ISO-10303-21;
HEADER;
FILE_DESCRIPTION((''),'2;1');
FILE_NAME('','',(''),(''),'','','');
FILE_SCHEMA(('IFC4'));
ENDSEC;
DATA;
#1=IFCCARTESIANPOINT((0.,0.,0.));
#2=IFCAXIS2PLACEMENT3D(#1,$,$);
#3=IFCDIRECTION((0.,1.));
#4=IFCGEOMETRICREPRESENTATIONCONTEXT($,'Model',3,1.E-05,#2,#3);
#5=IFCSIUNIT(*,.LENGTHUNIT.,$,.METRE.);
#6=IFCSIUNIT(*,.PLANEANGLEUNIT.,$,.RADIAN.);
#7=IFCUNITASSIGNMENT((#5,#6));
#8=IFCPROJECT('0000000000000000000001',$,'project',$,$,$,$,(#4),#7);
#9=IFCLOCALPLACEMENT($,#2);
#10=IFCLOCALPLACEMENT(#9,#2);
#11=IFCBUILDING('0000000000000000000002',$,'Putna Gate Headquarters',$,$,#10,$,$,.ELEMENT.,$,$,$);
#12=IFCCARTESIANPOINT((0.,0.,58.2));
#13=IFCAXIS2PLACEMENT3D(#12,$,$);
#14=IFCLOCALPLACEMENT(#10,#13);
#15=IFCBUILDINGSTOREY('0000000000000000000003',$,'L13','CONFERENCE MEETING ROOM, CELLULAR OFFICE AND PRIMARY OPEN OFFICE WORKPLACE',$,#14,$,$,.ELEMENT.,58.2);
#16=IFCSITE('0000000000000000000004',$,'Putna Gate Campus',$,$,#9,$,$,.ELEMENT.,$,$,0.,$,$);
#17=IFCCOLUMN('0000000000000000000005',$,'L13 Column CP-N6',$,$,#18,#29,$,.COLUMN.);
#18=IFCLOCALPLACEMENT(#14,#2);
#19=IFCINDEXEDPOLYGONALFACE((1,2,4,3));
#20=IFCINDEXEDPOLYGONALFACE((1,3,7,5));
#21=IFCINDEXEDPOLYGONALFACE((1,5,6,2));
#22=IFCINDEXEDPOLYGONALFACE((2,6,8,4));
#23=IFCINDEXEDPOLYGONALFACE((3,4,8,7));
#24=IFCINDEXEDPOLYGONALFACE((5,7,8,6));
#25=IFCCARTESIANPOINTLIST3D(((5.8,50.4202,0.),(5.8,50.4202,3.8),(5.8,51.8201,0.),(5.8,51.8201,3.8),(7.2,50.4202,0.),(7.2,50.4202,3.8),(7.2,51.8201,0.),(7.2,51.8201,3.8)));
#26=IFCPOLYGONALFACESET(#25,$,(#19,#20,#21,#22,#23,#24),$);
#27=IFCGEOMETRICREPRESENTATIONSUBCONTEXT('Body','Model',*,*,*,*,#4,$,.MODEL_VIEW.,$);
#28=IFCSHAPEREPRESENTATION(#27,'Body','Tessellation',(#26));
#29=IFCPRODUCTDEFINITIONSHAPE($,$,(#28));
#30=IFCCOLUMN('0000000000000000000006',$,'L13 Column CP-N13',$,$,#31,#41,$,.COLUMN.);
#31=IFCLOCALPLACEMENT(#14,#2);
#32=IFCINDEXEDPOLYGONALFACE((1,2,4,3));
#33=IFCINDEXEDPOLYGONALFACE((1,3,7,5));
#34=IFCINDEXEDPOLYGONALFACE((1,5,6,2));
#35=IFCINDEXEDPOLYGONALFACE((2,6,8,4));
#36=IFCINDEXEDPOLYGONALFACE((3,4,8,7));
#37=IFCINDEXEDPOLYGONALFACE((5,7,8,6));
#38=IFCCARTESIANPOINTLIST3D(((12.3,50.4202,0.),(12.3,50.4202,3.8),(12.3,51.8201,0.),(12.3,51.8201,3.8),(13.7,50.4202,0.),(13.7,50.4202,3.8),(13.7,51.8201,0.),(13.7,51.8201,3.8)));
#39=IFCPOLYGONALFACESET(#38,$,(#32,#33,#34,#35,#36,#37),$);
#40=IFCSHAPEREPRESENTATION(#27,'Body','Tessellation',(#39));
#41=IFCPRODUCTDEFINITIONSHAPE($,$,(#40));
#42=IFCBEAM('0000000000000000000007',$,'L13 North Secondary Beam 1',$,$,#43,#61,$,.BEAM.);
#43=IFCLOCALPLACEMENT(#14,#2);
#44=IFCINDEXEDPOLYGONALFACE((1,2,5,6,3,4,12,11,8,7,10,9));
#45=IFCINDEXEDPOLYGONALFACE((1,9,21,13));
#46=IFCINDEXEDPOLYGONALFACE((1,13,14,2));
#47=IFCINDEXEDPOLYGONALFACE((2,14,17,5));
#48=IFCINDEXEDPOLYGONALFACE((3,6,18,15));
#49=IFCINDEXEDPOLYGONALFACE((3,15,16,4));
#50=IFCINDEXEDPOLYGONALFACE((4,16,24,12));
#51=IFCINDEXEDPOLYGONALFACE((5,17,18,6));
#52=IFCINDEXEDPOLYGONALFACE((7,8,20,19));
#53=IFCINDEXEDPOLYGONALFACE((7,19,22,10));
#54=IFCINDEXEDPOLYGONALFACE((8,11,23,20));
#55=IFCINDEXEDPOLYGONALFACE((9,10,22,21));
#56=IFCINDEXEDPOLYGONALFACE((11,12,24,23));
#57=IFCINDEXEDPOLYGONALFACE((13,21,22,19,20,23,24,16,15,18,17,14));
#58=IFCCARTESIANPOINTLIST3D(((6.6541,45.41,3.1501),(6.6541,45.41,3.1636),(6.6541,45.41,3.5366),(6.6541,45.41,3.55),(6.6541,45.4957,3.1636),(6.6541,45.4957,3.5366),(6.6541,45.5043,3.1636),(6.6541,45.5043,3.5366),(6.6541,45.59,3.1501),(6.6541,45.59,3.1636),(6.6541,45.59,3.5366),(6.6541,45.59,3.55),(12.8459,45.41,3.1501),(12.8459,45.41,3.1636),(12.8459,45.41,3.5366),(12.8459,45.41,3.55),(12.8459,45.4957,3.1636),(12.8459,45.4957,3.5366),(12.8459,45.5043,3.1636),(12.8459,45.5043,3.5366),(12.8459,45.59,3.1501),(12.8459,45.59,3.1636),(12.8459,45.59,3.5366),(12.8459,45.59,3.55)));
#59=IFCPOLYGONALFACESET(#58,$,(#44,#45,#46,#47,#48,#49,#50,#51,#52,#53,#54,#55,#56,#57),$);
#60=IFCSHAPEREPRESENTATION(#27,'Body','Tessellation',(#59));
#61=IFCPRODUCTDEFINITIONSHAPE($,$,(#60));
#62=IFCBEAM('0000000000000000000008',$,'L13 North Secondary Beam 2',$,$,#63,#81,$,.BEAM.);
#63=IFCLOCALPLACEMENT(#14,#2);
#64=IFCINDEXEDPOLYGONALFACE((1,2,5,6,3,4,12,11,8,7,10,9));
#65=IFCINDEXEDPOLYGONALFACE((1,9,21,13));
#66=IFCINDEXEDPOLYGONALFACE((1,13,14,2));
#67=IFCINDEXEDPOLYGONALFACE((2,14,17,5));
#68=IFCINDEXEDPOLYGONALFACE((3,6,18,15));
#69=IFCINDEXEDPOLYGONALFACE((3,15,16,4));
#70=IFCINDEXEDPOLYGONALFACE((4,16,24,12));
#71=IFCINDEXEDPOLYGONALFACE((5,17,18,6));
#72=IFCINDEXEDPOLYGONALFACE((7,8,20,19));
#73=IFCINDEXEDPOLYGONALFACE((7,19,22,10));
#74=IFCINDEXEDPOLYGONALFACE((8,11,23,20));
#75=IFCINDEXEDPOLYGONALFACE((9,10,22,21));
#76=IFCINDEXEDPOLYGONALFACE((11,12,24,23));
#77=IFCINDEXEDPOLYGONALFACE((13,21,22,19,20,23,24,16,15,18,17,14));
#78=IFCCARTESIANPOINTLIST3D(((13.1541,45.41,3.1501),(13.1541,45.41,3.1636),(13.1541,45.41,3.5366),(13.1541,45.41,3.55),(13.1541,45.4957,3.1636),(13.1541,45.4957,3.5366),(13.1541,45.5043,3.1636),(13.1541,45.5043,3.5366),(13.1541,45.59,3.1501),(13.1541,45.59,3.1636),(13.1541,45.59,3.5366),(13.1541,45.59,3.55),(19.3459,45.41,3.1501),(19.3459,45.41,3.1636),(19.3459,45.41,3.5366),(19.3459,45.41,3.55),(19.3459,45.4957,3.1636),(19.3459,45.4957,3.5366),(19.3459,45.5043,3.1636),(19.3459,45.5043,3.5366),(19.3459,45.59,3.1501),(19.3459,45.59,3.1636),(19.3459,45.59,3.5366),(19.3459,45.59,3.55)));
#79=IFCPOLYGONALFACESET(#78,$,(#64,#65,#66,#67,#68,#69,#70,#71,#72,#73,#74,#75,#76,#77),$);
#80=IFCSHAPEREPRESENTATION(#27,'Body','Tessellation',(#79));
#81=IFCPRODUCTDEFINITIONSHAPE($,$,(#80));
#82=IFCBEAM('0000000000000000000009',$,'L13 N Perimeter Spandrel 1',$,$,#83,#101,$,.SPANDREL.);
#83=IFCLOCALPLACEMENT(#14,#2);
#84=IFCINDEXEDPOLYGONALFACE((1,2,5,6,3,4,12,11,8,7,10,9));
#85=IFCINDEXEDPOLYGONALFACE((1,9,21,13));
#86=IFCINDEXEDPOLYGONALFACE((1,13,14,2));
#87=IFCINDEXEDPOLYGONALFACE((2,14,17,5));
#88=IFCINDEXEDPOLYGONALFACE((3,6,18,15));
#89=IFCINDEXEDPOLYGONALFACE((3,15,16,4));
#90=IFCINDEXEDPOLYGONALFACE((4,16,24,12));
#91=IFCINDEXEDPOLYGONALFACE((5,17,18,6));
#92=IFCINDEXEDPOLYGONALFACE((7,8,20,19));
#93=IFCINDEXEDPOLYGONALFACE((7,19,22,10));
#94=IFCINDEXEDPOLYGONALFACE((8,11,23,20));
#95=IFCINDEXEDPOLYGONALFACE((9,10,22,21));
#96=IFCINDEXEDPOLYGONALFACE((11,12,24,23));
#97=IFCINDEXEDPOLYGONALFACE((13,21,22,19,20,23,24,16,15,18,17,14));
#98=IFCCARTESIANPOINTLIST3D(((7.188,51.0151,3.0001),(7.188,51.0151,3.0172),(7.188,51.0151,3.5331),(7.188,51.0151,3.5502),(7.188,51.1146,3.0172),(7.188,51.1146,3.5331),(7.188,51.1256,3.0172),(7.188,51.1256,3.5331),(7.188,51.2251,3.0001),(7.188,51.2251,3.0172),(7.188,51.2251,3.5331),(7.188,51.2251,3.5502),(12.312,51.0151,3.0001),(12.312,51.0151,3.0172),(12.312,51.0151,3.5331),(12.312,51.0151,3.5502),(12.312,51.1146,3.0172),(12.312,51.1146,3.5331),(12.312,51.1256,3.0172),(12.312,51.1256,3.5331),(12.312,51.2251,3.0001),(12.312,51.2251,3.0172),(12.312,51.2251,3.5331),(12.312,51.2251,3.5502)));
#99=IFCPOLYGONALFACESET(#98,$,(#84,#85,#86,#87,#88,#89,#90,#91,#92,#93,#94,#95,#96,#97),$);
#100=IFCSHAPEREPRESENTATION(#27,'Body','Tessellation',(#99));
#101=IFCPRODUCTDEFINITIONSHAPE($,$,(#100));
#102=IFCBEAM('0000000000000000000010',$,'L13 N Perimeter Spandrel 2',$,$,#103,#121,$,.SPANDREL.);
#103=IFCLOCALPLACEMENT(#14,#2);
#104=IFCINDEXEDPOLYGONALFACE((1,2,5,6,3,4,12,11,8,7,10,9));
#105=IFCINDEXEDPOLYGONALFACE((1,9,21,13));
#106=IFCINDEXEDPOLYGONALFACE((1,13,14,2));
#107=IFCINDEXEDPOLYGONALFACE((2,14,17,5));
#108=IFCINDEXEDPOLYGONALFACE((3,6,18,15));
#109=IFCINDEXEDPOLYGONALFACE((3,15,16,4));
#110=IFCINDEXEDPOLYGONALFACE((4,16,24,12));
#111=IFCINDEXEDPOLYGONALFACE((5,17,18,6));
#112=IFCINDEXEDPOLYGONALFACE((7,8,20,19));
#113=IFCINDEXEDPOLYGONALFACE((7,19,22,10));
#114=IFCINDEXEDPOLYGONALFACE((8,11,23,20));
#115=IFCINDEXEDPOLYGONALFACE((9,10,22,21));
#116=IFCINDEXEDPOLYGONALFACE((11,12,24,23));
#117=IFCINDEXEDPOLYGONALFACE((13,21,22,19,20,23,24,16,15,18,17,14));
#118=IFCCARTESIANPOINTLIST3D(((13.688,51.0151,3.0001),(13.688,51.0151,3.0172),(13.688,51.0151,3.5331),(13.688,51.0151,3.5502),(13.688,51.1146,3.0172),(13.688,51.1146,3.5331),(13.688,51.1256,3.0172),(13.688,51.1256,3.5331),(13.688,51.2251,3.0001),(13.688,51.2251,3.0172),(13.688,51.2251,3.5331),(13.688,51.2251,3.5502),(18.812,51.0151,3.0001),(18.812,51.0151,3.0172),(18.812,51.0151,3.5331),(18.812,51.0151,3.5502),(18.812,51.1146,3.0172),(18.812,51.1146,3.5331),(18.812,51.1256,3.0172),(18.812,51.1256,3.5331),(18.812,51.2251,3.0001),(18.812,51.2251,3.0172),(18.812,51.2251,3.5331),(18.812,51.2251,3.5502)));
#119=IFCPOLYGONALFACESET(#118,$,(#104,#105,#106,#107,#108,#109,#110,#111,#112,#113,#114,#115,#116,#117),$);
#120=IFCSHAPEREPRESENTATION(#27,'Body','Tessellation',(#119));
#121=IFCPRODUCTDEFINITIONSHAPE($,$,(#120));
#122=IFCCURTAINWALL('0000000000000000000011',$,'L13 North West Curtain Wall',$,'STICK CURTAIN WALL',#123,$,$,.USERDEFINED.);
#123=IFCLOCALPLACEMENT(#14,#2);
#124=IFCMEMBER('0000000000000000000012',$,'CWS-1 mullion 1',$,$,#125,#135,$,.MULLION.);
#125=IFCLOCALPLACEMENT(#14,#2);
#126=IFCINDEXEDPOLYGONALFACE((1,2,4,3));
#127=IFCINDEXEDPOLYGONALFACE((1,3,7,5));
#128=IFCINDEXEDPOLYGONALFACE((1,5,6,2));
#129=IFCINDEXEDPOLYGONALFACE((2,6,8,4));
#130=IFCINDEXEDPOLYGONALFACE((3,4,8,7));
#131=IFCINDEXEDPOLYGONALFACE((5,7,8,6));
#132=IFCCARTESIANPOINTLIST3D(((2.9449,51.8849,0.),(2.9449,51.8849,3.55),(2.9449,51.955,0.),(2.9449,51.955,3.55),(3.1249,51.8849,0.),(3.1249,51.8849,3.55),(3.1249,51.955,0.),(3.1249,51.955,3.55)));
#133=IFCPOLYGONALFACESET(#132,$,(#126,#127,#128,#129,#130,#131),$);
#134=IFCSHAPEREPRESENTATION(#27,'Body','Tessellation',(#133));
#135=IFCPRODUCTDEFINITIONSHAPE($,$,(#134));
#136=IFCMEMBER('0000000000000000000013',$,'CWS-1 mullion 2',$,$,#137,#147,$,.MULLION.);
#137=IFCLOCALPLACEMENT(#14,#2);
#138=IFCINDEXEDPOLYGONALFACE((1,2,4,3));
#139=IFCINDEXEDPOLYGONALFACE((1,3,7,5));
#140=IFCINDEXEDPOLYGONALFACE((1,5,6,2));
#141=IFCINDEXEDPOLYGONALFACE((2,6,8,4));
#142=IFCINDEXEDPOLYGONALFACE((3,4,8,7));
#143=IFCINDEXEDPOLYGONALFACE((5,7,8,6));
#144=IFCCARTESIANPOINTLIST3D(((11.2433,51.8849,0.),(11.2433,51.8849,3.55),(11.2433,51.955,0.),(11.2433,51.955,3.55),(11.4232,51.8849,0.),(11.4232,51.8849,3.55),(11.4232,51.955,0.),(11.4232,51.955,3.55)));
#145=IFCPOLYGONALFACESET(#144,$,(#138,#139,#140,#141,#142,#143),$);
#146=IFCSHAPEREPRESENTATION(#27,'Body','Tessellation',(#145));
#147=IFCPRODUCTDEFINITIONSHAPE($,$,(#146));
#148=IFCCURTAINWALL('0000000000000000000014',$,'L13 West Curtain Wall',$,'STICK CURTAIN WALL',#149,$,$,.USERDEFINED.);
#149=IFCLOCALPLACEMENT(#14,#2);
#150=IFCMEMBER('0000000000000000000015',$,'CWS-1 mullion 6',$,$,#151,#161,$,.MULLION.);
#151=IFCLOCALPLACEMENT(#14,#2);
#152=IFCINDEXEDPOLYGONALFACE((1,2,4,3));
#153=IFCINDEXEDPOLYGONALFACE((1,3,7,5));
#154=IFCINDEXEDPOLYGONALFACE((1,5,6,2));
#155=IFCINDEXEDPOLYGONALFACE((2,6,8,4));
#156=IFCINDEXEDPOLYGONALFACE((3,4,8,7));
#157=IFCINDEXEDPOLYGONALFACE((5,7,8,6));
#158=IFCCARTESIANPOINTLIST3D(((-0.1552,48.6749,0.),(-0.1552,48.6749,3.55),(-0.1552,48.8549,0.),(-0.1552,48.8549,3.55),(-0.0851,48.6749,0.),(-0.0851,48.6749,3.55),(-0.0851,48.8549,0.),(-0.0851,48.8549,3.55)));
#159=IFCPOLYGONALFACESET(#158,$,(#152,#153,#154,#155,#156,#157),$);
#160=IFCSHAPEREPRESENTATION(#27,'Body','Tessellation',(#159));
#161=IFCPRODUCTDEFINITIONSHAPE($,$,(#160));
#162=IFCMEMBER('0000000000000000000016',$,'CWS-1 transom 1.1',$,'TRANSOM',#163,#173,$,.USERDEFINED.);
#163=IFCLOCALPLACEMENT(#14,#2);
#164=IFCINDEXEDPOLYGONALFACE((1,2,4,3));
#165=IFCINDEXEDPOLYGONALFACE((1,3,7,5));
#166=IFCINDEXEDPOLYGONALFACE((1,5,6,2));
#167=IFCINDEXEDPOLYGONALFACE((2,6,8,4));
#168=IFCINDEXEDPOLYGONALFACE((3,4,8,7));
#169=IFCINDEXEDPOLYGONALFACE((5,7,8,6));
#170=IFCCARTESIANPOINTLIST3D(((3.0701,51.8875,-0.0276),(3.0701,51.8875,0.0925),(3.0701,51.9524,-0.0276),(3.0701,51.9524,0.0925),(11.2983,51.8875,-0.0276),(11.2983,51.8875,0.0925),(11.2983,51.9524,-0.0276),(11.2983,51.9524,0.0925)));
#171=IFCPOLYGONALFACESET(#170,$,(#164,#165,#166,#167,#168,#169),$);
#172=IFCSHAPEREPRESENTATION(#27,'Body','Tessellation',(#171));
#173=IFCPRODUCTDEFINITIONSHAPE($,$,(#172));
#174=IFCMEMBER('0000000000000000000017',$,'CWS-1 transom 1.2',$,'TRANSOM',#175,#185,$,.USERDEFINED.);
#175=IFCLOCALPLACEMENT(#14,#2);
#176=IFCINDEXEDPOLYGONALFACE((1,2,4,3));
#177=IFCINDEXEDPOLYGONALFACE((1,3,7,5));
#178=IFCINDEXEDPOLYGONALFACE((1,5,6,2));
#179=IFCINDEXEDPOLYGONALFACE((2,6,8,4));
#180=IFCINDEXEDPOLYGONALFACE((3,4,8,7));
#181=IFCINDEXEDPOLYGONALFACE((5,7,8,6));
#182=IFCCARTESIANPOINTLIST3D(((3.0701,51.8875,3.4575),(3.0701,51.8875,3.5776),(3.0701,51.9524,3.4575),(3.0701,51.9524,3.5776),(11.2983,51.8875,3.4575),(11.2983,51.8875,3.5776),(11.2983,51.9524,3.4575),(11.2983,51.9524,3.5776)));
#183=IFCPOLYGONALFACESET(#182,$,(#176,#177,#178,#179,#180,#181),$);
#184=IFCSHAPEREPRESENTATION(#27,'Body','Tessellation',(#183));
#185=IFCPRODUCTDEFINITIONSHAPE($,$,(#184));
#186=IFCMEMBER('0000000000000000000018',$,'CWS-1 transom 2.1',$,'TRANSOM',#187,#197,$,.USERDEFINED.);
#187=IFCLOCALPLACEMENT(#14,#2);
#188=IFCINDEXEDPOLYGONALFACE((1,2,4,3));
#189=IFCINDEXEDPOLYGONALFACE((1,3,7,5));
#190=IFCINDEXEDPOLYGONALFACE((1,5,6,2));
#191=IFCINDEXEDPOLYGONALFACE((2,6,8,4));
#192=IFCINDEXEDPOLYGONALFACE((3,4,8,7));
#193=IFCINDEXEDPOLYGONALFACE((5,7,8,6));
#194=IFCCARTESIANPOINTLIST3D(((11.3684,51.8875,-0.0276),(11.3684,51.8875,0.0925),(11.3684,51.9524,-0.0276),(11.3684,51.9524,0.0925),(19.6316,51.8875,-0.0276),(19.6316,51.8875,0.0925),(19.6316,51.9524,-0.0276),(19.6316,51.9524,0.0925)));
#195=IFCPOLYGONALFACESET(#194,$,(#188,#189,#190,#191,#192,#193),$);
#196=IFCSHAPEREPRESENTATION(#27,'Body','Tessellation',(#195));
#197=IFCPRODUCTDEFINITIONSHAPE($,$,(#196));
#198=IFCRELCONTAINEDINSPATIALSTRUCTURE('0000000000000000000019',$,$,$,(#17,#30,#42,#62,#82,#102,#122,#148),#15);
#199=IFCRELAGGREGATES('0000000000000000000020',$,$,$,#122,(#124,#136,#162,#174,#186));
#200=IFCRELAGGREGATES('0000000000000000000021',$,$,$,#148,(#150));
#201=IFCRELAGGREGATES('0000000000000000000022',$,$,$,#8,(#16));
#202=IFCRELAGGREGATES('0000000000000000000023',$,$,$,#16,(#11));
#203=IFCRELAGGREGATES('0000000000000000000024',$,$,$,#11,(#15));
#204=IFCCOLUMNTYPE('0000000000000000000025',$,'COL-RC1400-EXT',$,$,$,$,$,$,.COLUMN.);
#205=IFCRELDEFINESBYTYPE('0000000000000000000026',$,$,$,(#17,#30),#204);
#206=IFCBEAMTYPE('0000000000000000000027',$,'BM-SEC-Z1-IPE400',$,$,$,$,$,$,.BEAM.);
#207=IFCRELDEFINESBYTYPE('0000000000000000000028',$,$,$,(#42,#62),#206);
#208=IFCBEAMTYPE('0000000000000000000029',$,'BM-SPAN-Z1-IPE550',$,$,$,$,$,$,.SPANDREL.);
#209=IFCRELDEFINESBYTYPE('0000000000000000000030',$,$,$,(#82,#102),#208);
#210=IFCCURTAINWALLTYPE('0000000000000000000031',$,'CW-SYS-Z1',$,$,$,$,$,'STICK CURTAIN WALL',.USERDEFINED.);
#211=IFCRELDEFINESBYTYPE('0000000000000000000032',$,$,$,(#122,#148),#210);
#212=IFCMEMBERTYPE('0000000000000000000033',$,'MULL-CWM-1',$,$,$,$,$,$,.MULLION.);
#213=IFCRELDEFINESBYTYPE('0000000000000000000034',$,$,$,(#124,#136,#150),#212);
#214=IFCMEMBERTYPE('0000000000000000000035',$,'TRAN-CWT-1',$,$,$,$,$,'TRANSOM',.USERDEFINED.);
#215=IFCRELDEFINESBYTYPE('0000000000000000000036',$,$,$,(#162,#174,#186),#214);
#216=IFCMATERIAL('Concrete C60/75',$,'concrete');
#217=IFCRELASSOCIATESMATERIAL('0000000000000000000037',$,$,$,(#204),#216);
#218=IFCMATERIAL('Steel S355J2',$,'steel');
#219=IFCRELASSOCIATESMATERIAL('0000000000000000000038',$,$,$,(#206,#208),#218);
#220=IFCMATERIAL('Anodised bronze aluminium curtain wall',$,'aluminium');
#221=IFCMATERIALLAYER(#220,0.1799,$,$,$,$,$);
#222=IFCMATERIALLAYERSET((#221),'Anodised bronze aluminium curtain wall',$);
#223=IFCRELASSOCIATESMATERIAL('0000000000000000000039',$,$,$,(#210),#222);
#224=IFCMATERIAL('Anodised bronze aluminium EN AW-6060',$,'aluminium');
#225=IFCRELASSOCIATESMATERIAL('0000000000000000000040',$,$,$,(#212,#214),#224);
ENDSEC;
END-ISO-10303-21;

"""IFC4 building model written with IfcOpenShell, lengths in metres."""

from ifc_helpers import new_model, si_unit, direction, frame, origin, origin_2d, place, context, subcontext, project, spatial, rectangle, i_section, extrude, material, layer, layer_set, material_profile, profile_set, type_object, element, aggregate, save


model = new_model("IFC4")

# Units and contexts
model_context = context("Model", 3, precision=1e-05, world=origin(), true_north=direction((0.0, 1.0)))
body_context = subcontext(model_context, "Body", "Model", "MODEL_VIEW")
ifc_project = project(units=[si_unit("LENGTHUNIT", "METRE"), si_unit("PLANEANGLEUNIT", "RADIAN")], contexts=[model_context])

# Site, building, storey
site_placement = place(None, origin())
site = spatial("IfcSite", under=ifc_project, at=site_placement, Name="Putna Gate Campus", CompositionType="ELEMENT", RefElevation=0.0)
building_placement = place(site_placement, origin())
building = spatial("IfcBuilding", under=site, at=building_placement, Name="Putna Gate Headquarters", CompositionType="ELEMENT")
storey_placement = place(building_placement, frame((0.0, 0.0, 58.2)))
storey = spatial("IfcBuildingStorey", under=building, at=storey_placement, Name="L13", Description="CONFERENCE MEETING ROOM, CELLULAR OFFICE AND PRIMARY OPEN OFFICE WORKPLACE", CompositionType="ELEMENT", Elevation=58.2)

# Columns
ifc_material_1 = material(Name="Concrete C60/75", Category="concrete")
ifc_material_profile_1 = material_profile(ifc_material_1, rectangle(XDim=1.3999, YDim=1.3999, at=origin_2d()), Name="Concrete C60/75")
ifc_profile_set_1 = profile_set([ifc_material_profile_1], Name="Concrete C60/75")
column_type = type_object("IfcColumnType", Name="COL-RC1400-EXT", PredefinedType="COLUMN", material=ifc_profile_set_1)
for number, where, z_axis, x_axis, name in (
    (1, (6.5, 51.1201, 0.0), (0.0, 0.0, 1.0), (1.0, 0.0, 0.0), "L13 Column CP-N6"),
    (2, (13.0, 51.1201, 0.0), (0.0, 0.0, 1.0), (1.0, 0.0, 0.0), "L13 Column CP-N13"),
):
    element("IfcColumn", number, at=place(storey_placement, frame(where, z_axis=z_axis, x_axis=x_axis)), inside=storey, type_object=column_type, Name=name, PredefinedType="COLUMN", context=body_context, shape_type="SweptSolid", body=[
        extrude(rectangle(XDim=1.3999, YDim=1.3999, at=origin_2d()), origin(), (0.0, 0.0, 1.0), 3.8),
    ])

# Beams
ifc_material_2 = material(Name="Steel S355J2", Category="steel")
ifc_material_profile_2 = material_profile(ifc_material_2, i_section(OverallWidth=0.1799, OverallDepth=0.3999, WebThickness=0.0085, FlangeThickness=0.0134, at=origin_2d()), Name="Steel S355J2")
ifc_profile_set_2 = profile_set([ifc_material_profile_2], Name="Steel S355J2")
beam_type_1 = type_object("IfcBeamType", Name="BM-SEC-Z1-IPE400", PredefinedType="BEAM", material=ifc_profile_set_2)
for number, where, z_axis, x_axis, name in (
    (3, (6.6541, 45.5, 3.3501), (1.0, 0.0, 0.0), (0.0, 1.0, 0.0), "L13 North Secondary Beam 1"),
    (4, (13.1541, 45.5, 3.3501), (1.0, 0.0, 0.0), (0.0, 1.0, 0.0), "L13 North Secondary Beam 2"),
):
    element("IfcBeam", number, at=place(storey_placement, frame(where, z_axis=z_axis, x_axis=x_axis)), inside=storey, type_object=beam_type_1, Name=name, PredefinedType="BEAM", context=body_context, shape_type="SweptSolid", body=[
        extrude(i_section(OverallWidth=0.1799, OverallDepth=0.3999, WebThickness=0.0085, FlangeThickness=0.0134, at=origin_2d()), origin(), (0.0, 0.0, 1.0), 6.1919),
    ])
ifc_material_profile_3 = material_profile(ifc_material_2, i_section(OverallWidth=0.21, OverallDepth=0.55, WebThickness=0.011, FlangeThickness=0.0171, at=origin_2d()), Name="Steel S355J2")
ifc_profile_set_3 = profile_set([ifc_material_profile_3], Name="Steel S355J2")
beam_type_2 = type_object("IfcBeamType", Name="BM-SPAN-Z1-IPE550", PredefinedType="SPANDREL", material=ifc_profile_set_3)
for number, where, z_axis, x_axis, name in (
    (5, (7.188, 51.1201, 3.2751), (1.0, 0.0, 0.0), (0.0, 1.0, 0.0), "L13 N Perimeter Spandrel 1"),
    (6, (13.688, 51.1201, 3.2751), (1.0, 0.0, 0.0), (0.0, 1.0, 0.0), "L13 N Perimeter Spandrel 2"),
):
    element("IfcBeam", number, at=place(storey_placement, frame(where, z_axis=z_axis, x_axis=x_axis)), inside=storey, type_object=beam_type_2, Name=name, PredefinedType="SPANDREL", context=body_context, shape_type="SweptSolid", body=[
        extrude(i_section(OverallWidth=0.21, OverallDepth=0.55, WebThickness=0.011, FlangeThickness=0.0171, at=origin_2d()), origin(), (0.0, 0.0, 1.0), 5.124),
    ])

# Curtain wall, members
ifc_material_3 = material(Name="Anodised bronze aluminium curtain wall", Category="aluminium")
ifc_layer_1 = layer(ifc_material_3, 0.1799)
ifc_layer_set_1 = layer_set([ifc_layer_1], Name="Anodised bronze aluminium curtain wall")
curtain_wall_type = type_object("IfcCurtainWallType", Name="CW-SYS-Z1", ElementType="STICK CURTAIN WALL", PredefinedType="USERDEFINED", material=ifc_layer_set_1)
curtain_wall_1_placement = place(storey_placement, origin())
curtain_wall_1 = element("IfcCurtainWall", 7, at=curtain_wall_1_placement, inside=storey, type_object=curtain_wall_type, Name="L13 North West Curtain Wall", ObjectType="STICK CURTAIN WALL", PredefinedType="USERDEFINED")
ifc_material_4 = material(Name="Anodised bronze aluminium EN AW-6060", Category="aluminium")
ifc_material_profile_4 = material_profile(ifc_material_4, rectangle(XDim=0.0701, YDim=0.1799, at=origin_2d()), Name="Anodised bronze aluminium EN AW-6060")
ifc_profile_set_4 = profile_set([ifc_material_profile_4], Name="Anodised bronze aluminium EN AW-6060")
member_type_1 = type_object("IfcMemberType", Name="MULL-CWM-1", PredefinedType="MULLION", material=ifc_profile_set_4)
member_1_placement = place(storey_placement, frame((3.0349, 51.9199, 0.0), z_axis=(0.0, 0.0, 1.0), x_axis=(0.0, 1.0, 0.0)))
member_1 = element("IfcMember", 8, at=member_1_placement, type_object=member_type_1, Name="CWS-1 mullion 1", PredefinedType="MULLION", context=body_context, shape_type="SweptSolid", body=[
    extrude(rectangle(XDim=0.0701, YDim=0.1799, at=origin_2d()), origin(), (0.0, 0.0, 1.0), 3.55),
])
member_2_placement = place(storey_placement, frame((11.3333, 51.9199, 0.0), z_axis=(0.0, 0.0, 1.0), x_axis=(0.0, 1.0, 0.0)))
member_2 = element("IfcMember", 9, at=member_2_placement, type_object=member_type_1, Name="CWS-1 mullion 2", PredefinedType="MULLION", context=body_context, shape_type="SweptSolid", body=[
    extrude(rectangle(XDim=0.0701, YDim=0.1799, at=origin_2d()), origin(), (0.0, 0.0, 1.0), 3.55),
])

# Curtain wall, member
curtain_wall_2_placement = place(storey_placement, origin())
curtain_wall_2 = element("IfcCurtainWall", 10, at=curtain_wall_2_placement, inside=storey, type_object=curtain_wall_type, Name="L13 West Curtain Wall", ObjectType="STICK CURTAIN WALL", PredefinedType="USERDEFINED")
member_3_placement = place(storey_placement, frame((-0.1201, 48.7649, 0.0), z_axis=(0.0, 0.0, 1.0), x_axis=(-1.0, 0.0, 0.0)))
member_3 = element("IfcMember", 11, at=member_3_placement, type_object=member_type_1, Name="CWS-1 mullion 6", PredefinedType="MULLION", context=body_context, shape_type="SweptSolid", body=[
    extrude(rectangle(XDim=0.0701, YDim=0.1799, at=origin_2d()), origin(), (0.0, 0.0, 1.0), 3.55),
])

# Members
ifc_material_profile_5 = material_profile(ifc_material_4, rectangle(XDim=0.0649, YDim=0.1201, at=origin_2d()), Name="Anodised bronze aluminium EN AW-6060")
ifc_profile_set_5 = profile_set([ifc_material_profile_5], Name="Anodised bronze aluminium EN AW-6060")
member_type_2 = type_object("IfcMemberType", Name="TRAN-CWT-1", ElementType="TRANSOM", PredefinedType="USERDEFINED", material=ifc_profile_set_5)
member_4_placement = place(storey_placement, frame((3.0701, 51.9199, 0.0325), z_axis=(1.0, 0.0, 0.0), x_axis=(0.0, 1.0, 0.0)))
member_4 = element("IfcMember", 12, at=member_4_placement, type_object=member_type_2, Name="CWS-1 transom 1.1", ObjectType="TRANSOM", PredefinedType="USERDEFINED", context=body_context, shape_type="SweptSolid", body=[
    extrude(rectangle(XDim=0.0649, YDim=0.1201, at=origin_2d()), origin(), (0.0, 0.0, 1.0), 8.2283),
])
member_5_placement = place(storey_placement, frame((3.0701, 51.9199, 3.5176), z_axis=(1.0, 0.0, 0.0), x_axis=(0.0, 1.0, 0.0)))
member_5 = element("IfcMember", 13, at=member_5_placement, type_object=member_type_2, Name="CWS-1 transom 1.2", ObjectType="TRANSOM", PredefinedType="USERDEFINED", context=body_context, shape_type="SweptSolid", body=[
    extrude(rectangle(XDim=0.0649, YDim=0.1201, at=origin_2d()), origin(), (0.0, 0.0, 1.0), 8.2283),
])
member_6_placement = place(storey_placement, frame((11.3684, 51.9199, 0.0325), z_axis=(1.0, 0.0, 0.0), x_axis=(0.0, 1.0, 0.0)))
member_6 = element("IfcMember", 14, at=member_6_placement, type_object=member_type_2, Name="CWS-1 transom 2.1", ObjectType="TRANSOM", PredefinedType="USERDEFINED", context=body_context, shape_type="SweptSolid", body=[
    extrude(rectangle(XDim=0.0649, YDim=0.1201, at=origin_2d()), origin(), (0.0, 0.0, 1.0), 8.2632),
])

aggregate(curtain_wall_1, [member_1, member_2, member_4, member_5, member_6])
aggregate(curtain_wall_2, [member_3])

save(model, "model.ifc")
